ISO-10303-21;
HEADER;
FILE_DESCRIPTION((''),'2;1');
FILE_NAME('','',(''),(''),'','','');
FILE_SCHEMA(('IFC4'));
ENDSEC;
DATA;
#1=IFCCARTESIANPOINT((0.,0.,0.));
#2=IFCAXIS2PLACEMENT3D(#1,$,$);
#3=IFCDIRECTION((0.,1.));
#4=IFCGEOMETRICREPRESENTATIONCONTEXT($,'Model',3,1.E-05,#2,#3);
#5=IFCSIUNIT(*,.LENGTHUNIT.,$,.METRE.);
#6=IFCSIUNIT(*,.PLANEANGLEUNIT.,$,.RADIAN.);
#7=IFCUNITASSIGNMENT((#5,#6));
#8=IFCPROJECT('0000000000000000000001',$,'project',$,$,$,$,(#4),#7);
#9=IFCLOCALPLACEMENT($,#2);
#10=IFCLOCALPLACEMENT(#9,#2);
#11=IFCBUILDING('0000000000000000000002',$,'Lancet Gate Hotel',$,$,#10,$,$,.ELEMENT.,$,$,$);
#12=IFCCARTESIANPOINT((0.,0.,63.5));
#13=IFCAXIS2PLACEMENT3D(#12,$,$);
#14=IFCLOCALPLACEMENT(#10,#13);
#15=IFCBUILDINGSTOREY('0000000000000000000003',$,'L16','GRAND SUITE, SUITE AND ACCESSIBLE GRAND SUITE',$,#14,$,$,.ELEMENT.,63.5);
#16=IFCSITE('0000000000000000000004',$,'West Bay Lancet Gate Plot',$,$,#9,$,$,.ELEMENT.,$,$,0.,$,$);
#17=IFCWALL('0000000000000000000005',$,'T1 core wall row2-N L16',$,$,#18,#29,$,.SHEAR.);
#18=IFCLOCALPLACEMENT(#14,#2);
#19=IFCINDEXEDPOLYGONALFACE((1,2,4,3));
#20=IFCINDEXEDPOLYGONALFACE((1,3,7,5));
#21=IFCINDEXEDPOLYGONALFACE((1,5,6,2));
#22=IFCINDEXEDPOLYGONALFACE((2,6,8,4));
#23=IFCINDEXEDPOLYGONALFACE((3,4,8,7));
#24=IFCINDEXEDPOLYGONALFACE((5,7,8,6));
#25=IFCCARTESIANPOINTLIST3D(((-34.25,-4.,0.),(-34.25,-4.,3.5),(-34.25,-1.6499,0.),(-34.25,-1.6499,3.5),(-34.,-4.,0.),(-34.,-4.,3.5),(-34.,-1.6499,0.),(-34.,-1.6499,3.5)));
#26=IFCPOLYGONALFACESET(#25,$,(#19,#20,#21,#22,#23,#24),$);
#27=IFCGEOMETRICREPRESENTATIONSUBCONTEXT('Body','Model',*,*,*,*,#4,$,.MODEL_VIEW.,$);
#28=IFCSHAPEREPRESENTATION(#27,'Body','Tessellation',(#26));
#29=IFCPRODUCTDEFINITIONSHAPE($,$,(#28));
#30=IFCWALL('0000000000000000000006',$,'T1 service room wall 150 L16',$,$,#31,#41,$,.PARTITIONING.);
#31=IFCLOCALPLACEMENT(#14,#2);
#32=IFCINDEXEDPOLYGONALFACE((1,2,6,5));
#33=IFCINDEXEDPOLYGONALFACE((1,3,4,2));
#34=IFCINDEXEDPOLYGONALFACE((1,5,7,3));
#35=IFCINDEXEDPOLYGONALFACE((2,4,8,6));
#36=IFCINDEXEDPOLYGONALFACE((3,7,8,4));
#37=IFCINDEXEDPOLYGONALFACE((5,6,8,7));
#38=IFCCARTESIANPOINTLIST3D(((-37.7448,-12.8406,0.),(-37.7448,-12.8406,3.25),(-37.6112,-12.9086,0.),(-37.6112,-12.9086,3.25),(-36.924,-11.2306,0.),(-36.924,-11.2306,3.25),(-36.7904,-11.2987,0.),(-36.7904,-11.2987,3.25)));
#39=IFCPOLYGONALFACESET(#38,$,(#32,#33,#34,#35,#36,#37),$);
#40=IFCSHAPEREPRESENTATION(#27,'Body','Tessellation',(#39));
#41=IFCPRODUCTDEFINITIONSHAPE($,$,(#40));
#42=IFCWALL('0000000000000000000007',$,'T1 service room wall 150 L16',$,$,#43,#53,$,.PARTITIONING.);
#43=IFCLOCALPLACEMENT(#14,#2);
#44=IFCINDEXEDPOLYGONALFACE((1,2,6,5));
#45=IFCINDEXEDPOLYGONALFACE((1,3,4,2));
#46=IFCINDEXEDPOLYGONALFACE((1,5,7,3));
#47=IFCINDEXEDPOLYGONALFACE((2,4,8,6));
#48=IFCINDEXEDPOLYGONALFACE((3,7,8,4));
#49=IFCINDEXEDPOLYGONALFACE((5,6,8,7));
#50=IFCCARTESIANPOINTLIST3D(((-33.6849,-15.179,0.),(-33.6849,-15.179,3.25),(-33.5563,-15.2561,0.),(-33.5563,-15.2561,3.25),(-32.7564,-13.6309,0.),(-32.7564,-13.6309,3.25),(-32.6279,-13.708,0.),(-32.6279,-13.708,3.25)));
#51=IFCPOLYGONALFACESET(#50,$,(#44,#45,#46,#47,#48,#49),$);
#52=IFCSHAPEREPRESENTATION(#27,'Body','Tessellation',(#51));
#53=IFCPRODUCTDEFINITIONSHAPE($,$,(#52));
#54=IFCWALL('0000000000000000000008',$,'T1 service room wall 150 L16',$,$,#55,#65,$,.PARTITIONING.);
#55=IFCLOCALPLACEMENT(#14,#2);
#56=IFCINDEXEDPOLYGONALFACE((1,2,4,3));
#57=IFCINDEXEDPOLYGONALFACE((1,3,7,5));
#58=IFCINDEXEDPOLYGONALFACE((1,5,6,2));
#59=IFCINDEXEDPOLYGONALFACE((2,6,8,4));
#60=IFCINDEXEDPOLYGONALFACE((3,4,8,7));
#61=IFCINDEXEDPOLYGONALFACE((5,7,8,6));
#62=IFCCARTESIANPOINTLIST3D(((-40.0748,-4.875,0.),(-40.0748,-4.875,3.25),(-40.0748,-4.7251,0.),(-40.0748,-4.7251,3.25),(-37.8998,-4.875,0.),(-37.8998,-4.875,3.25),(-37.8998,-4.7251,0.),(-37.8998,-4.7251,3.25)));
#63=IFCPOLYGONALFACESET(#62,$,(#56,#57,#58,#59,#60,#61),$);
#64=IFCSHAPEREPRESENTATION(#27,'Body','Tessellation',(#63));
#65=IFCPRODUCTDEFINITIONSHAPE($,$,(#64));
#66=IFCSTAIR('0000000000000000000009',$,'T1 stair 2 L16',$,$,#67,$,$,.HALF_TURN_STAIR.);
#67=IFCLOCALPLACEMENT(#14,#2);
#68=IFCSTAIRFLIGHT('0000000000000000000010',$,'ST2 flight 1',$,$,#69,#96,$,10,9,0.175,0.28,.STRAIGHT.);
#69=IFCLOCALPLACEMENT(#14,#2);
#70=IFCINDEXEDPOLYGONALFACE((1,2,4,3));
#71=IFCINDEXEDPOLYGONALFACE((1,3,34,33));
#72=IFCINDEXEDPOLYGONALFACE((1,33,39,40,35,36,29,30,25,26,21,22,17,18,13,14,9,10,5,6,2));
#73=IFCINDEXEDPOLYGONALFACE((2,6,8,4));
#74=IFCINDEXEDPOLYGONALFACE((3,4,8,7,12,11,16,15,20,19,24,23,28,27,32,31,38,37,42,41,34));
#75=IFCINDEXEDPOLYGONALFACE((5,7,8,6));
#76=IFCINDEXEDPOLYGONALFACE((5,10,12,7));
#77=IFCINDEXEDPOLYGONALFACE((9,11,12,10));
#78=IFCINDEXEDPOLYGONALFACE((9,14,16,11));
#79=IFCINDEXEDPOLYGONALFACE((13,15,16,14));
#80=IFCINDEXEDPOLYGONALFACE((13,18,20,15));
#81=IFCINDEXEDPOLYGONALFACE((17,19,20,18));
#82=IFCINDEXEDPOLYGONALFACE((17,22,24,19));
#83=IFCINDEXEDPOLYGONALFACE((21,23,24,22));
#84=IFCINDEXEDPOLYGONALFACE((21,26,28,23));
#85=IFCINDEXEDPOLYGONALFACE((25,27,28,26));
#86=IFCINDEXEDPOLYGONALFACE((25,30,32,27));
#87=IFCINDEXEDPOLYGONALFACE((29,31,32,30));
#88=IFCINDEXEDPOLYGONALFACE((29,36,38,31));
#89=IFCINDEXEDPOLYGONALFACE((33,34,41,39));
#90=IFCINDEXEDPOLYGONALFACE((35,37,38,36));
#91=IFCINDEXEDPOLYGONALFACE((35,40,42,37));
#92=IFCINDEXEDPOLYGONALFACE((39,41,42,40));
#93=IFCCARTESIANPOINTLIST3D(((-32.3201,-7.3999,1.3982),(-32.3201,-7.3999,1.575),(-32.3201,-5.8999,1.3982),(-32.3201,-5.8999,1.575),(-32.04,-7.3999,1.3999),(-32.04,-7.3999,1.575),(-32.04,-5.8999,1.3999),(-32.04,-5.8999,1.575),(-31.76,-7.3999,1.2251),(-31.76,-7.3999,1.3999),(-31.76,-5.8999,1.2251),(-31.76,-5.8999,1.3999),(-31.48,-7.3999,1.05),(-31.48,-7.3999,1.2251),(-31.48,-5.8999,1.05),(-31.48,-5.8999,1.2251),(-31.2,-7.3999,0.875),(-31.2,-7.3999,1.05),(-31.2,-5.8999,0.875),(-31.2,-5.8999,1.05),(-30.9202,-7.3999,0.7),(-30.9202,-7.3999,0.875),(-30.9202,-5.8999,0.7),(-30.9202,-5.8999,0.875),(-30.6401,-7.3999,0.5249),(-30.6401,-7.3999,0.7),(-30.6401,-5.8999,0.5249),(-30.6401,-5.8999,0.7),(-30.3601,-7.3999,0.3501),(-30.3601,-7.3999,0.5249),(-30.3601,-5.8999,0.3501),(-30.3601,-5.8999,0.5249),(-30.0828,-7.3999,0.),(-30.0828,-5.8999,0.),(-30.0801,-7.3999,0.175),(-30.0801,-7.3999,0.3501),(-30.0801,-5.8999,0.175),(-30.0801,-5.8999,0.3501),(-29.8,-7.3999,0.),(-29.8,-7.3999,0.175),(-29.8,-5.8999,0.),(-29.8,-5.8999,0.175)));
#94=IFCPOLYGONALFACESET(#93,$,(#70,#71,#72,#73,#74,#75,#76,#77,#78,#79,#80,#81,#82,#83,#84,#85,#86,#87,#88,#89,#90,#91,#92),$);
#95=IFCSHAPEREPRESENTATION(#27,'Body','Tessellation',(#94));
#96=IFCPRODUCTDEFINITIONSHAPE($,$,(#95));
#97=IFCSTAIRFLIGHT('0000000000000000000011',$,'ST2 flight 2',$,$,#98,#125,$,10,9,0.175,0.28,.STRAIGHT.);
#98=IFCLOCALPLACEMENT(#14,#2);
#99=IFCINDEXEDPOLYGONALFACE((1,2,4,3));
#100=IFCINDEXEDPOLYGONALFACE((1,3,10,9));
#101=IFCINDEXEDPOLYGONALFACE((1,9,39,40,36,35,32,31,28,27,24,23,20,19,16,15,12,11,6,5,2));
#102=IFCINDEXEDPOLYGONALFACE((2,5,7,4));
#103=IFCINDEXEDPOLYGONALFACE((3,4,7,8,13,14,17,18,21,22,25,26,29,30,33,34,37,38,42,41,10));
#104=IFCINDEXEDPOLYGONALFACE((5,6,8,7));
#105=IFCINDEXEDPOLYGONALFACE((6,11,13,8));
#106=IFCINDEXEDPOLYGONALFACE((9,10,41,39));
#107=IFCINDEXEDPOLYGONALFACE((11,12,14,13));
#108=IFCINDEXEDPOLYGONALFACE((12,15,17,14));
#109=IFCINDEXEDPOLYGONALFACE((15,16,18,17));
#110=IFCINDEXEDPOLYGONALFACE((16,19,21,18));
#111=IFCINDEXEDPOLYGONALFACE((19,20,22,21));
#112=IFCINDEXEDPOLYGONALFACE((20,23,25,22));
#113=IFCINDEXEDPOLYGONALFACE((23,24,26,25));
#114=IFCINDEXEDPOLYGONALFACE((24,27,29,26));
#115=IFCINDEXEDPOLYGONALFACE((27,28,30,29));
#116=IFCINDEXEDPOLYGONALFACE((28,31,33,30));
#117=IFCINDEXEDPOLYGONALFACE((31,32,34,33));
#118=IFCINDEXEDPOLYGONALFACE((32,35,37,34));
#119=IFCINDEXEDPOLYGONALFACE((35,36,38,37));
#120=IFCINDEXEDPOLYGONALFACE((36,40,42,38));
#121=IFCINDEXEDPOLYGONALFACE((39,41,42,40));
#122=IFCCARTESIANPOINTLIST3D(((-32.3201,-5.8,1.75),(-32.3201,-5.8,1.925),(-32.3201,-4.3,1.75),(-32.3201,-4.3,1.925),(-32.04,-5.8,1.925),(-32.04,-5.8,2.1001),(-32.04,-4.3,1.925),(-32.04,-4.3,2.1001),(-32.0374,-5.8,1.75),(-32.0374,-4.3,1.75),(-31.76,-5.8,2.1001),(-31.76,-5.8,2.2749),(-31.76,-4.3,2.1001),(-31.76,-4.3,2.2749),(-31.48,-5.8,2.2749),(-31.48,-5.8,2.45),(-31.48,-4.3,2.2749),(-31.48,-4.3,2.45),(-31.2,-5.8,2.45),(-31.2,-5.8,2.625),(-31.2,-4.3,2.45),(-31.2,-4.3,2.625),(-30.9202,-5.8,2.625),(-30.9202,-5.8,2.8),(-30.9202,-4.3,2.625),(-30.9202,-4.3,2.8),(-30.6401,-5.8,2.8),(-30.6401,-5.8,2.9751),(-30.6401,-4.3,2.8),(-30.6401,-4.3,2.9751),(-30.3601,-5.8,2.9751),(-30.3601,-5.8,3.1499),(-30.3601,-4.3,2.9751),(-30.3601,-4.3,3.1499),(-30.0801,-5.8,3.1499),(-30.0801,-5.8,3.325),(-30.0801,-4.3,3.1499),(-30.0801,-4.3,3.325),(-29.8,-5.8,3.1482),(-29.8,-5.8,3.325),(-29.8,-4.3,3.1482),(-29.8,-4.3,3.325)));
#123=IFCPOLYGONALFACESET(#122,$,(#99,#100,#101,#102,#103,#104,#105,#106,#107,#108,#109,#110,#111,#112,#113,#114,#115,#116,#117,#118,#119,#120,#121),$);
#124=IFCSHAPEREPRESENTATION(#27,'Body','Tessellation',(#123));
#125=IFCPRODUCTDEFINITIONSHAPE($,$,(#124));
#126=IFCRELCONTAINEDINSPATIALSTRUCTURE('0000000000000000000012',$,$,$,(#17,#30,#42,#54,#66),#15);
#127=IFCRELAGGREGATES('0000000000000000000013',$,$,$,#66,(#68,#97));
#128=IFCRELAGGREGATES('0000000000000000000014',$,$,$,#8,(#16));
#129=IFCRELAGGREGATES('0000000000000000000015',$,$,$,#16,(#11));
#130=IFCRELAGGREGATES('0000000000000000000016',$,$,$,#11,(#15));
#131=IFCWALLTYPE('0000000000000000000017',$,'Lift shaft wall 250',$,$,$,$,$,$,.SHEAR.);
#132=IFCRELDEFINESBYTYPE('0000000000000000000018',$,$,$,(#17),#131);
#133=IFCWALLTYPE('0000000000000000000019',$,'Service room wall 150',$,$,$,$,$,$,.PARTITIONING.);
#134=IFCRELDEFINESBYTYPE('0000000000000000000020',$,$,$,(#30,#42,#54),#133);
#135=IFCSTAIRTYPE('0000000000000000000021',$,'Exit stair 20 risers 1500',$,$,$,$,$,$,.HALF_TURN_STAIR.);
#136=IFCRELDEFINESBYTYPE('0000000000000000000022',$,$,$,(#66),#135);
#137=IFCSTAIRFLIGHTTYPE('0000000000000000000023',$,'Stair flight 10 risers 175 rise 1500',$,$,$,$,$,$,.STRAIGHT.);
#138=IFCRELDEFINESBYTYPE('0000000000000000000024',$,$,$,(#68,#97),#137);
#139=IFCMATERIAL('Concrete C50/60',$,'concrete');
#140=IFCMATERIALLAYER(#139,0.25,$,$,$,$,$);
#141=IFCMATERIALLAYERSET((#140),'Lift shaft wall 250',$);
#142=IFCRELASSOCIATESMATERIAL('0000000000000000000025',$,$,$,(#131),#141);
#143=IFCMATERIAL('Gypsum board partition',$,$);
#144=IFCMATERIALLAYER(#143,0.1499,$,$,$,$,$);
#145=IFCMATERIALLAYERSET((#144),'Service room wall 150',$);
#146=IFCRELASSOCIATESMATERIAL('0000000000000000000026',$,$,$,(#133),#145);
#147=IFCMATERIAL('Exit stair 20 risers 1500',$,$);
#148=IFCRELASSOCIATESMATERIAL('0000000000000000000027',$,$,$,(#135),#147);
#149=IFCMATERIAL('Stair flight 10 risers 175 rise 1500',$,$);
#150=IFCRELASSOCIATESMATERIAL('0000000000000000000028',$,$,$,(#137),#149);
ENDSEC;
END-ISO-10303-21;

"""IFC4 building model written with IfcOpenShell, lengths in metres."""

from ifc_helpers import new_model, si_unit, direction, frame, frame_2d, origin, place, context, subcontext, project, spatial, polyline, rectangle, outline, extrude, material, layer, layer_set, type_object, element, aggregate, save


model = new_model("IFC4")

# Units and contexts
model_context = context("Model", 3, precision=1e-05, world=origin(), true_north=direction((0.0, 1.0)))
body_context = subcontext(model_context, "Body", "Model", "MODEL_VIEW")
ifc_project = project(units=[si_unit("LENGTHUNIT", "METRE"), si_unit("PLANEANGLEUNIT", "RADIAN")], contexts=[model_context])

# Site, building, storey
site_placement = place(None, origin())
site = spatial("IfcSite", under=ifc_project, at=site_placement, Name="West Bay Lancet Gate Plot", CompositionType="ELEMENT", RefElevation=0.0)
building_placement = place(site_placement, origin())
building = spatial("IfcBuilding", under=site, at=building_placement, Name="Lancet Gate Hotel", CompositionType="ELEMENT")
storey_placement = place(building_placement, frame((0.0, 0.0, 63.5)))
storey = spatial("IfcBuildingStorey", under=building, at=storey_placement, Name="L16", Description="GRAND SUITE, SUITE AND ACCESSIBLE GRAND SUITE", CompositionType="ELEMENT", Elevation=63.5)

# Shared definitions
ifc_material_1 = material(Name="Concrete C50/60", Category="concrete")
ifc_layer_1 = layer(ifc_material_1, 0.25)
ifc_layer_set_1 = layer_set([ifc_layer_1], Name="Lift shaft wall 250")
wall_type_1 = type_object("IfcWallType", Name="Lift shaft wall 250", PredefinedType="SHEAR", material=ifc_layer_set_1)

# Walls
wall_1_placement = place(storey_placement, frame((-34.125, -1.6499, 0.0), z_axis=(0.0, 0.0, 1.0), x_axis=(0.0, -1.0, 0.0)))
element("IfcWall", 1, at=wall_1_placement, inside=storey, type_object=wall_type_1, Name="T1 core wall row2-N L16", PredefinedType="SHEAR", context=body_context, shape_type="SweptSolid", body=[
    extrude(rectangle(XDim=2.3501, YDim=0.25, at=frame_2d((1.175, 0.0))), origin(), (0.0, 0.0, 1.0), 3.5),
])
ifc_material_2 = material(Name="Gypsum board partition")
ifc_layer_2 = layer(ifc_material_2, 0.1499)
ifc_layer_set_2 = layer_set([ifc_layer_2], Name="Service room wall 150")
wall_type_2 = type_object("IfcWallType", Name="Service room wall 150", PredefinedType="PARTITIONING", material=ifc_layer_set_2)
wall_2_placement = place(storey_placement, frame((-36.8572, -11.2646, 0.0), z_axis=(0.0, 0.0, 1.0), x_axis=(-0.454225, -0.890887, 0.0)))
element("IfcWall", 2, at=wall_2_placement, inside=storey, type_object=wall_type_2, Name="T1 service room wall 150 L16", PredefinedType="PARTITIONING", context=body_context, shape_type="SweptSolid", body=[
    extrude(rectangle(XDim=1.8071, YDim=0.1499, at=frame_2d((0.9036, 0.0))), origin(), (0.0, 0.0, 1.0), 3.25),
])
wall_3_placement = place(storey_placement, frame((-33.6206, -15.2175, 0.0), z_axis=(0.0, 0.0, 1.0), x_axis=(0.514337, 0.857588, 0.0)))
element("IfcWall", 3, at=wall_3_placement, inside=storey, type_object=wall_type_2, Name="T1 service room wall 150 L16", PredefinedType="PARTITIONING", context=body_context, shape_type="SweptSolid", body=[
    extrude(rectangle(XDim=1.8052, YDim=0.1499, at=frame_2d((0.9026, 0.0))), origin(), (0.0, 0.0, 1.0), 3.25),
])
wall_4_placement = place(storey_placement, frame((-37.8999, -4.8, 0.0), z_axis=(0.0, 0.0, 1.0), x_axis=(-1.0, 0.0, 0.0)))
element("IfcWall", 4, at=wall_4_placement, inside=storey, type_object=wall_type_2, Name="T1 service room wall 150 L16", PredefinedType="PARTITIONING", context=body_context, shape_type="SweptSolid", body=[
    extrude(rectangle(XDim=2.175, YDim=0.1499, at=frame_2d((1.0874, 0.0))), origin(), (0.0, 0.0, 1.0), 3.25),
])

# Stair, stair flights
ifc_material_3 = material(Name="Exit stair 20 risers 1500")
stair_type = type_object("IfcStairType", Name="Exit stair 20 risers 1500", PredefinedType="HALF_TURN_STAIR", material=ifc_material_3)
stair_placement = place(storey_placement, origin())
stair = element("IfcStair", 5, at=stair_placement, inside=storey, type_object=stair_type, Name="T1 stair 2 L16", PredefinedType="HALF_TURN_STAIR")
ifc_material_4 = material(Name="Stair flight 10 risers 175 rise 1500")
stair_flight_type = type_object("IfcStairFlightType", Name="Stair flight 10 risers 175 rise 1500", PredefinedType="STRAIGHT", material=ifc_material_4)
stair_flight_1_placement = place(storey_placement, frame((-29.8, -6.6499, 0.0), z_axis=(0.0, 0.0, 1.0), x_axis=(-1.0, 0.0, 0.0)))
stair_flight_1 = element("IfcStairFlight", 6, at=stair_flight_1_placement, type_object=stair_flight_type, Name="ST2 flight 1", NumberOfRisers=10, NumberOfTreads=9, PredefinedType="STRAIGHT", RiserHeight=0.175, TreadLength=0.28, context=body_context, shape_type="SweptSolid", body=[
    extrude(outline(polyline([(0.0, 0.0), (0.0, 0.175), (0.28, 0.175), (0.28, 0.3501), (0.5601, 0.3501), (0.5601, 0.5249), (0.8401, 0.5249), (0.8401, 0.7), (1.1201, 0.7), (1.1201, 0.875), (1.3999, 0.875), (1.3999, 1.05), (1.6799, 1.05), (1.6799, 1.2251), (1.96, 1.2251), (1.96, 1.3999), (2.24, 1.3999), (2.24, 1.575), (2.52, 1.575), (2.52, 1.75), (2.52, 1.3982), (0.2827, 0.0), (0.0, 0.0)])), frame((0.0, 0.75, 0.0), z_axis=(0.0, -1.0, 0.0), x_axis=(1.0, 0.0, 0.0)), (0.0, 0.0, 1.0), 1.5),
])
stair_flight_2_placement = place(storey_placement, frame((-32.3201, -5.05, 1.75), z_axis=(0.0, 0.0, 1.0), x_axis=(1.0, 0.0, 0.0)))
stair_flight_2 = element("IfcStairFlight", 7, at=stair_flight_2_placement, type_object=stair_flight_type, Name="ST2 flight 2", NumberOfRisers=10, NumberOfTreads=9, PredefinedType="STRAIGHT", RiserHeight=0.175, TreadLength=0.28, context=body_context, shape_type="SweptSolid", body=[
    extrude(outline(polyline([(0.0, 0.0), (0.0, 0.175), (0.28, 0.175), (0.28, 0.3501), (0.5601, 0.3501), (0.5601, 0.5249), (0.8401, 0.5249), (0.8401, 0.7), (1.1201, 0.7), (1.1201, 0.875), (1.3999, 0.875), (1.3999, 1.05), (1.6799, 1.05), (1.6799, 1.2251), (1.96, 1.2251), (1.96, 1.3999), (2.24, 1.3999), (2.24, 1.575), (2.52, 1.575), (2.52, 1.75), (2.52, 1.3982), (0.2827, 0.0), (0.0, 0.0)])), frame((0.0, 0.75, 0.0), z_axis=(0.0, -1.0, 0.0), x_axis=(1.0, 0.0, 0.0)), (0.0, 0.0, 1.0), 1.5),
])
aggregate(stair, [stair_flight_1, stair_flight_2])

save(model, "model.ifc")
